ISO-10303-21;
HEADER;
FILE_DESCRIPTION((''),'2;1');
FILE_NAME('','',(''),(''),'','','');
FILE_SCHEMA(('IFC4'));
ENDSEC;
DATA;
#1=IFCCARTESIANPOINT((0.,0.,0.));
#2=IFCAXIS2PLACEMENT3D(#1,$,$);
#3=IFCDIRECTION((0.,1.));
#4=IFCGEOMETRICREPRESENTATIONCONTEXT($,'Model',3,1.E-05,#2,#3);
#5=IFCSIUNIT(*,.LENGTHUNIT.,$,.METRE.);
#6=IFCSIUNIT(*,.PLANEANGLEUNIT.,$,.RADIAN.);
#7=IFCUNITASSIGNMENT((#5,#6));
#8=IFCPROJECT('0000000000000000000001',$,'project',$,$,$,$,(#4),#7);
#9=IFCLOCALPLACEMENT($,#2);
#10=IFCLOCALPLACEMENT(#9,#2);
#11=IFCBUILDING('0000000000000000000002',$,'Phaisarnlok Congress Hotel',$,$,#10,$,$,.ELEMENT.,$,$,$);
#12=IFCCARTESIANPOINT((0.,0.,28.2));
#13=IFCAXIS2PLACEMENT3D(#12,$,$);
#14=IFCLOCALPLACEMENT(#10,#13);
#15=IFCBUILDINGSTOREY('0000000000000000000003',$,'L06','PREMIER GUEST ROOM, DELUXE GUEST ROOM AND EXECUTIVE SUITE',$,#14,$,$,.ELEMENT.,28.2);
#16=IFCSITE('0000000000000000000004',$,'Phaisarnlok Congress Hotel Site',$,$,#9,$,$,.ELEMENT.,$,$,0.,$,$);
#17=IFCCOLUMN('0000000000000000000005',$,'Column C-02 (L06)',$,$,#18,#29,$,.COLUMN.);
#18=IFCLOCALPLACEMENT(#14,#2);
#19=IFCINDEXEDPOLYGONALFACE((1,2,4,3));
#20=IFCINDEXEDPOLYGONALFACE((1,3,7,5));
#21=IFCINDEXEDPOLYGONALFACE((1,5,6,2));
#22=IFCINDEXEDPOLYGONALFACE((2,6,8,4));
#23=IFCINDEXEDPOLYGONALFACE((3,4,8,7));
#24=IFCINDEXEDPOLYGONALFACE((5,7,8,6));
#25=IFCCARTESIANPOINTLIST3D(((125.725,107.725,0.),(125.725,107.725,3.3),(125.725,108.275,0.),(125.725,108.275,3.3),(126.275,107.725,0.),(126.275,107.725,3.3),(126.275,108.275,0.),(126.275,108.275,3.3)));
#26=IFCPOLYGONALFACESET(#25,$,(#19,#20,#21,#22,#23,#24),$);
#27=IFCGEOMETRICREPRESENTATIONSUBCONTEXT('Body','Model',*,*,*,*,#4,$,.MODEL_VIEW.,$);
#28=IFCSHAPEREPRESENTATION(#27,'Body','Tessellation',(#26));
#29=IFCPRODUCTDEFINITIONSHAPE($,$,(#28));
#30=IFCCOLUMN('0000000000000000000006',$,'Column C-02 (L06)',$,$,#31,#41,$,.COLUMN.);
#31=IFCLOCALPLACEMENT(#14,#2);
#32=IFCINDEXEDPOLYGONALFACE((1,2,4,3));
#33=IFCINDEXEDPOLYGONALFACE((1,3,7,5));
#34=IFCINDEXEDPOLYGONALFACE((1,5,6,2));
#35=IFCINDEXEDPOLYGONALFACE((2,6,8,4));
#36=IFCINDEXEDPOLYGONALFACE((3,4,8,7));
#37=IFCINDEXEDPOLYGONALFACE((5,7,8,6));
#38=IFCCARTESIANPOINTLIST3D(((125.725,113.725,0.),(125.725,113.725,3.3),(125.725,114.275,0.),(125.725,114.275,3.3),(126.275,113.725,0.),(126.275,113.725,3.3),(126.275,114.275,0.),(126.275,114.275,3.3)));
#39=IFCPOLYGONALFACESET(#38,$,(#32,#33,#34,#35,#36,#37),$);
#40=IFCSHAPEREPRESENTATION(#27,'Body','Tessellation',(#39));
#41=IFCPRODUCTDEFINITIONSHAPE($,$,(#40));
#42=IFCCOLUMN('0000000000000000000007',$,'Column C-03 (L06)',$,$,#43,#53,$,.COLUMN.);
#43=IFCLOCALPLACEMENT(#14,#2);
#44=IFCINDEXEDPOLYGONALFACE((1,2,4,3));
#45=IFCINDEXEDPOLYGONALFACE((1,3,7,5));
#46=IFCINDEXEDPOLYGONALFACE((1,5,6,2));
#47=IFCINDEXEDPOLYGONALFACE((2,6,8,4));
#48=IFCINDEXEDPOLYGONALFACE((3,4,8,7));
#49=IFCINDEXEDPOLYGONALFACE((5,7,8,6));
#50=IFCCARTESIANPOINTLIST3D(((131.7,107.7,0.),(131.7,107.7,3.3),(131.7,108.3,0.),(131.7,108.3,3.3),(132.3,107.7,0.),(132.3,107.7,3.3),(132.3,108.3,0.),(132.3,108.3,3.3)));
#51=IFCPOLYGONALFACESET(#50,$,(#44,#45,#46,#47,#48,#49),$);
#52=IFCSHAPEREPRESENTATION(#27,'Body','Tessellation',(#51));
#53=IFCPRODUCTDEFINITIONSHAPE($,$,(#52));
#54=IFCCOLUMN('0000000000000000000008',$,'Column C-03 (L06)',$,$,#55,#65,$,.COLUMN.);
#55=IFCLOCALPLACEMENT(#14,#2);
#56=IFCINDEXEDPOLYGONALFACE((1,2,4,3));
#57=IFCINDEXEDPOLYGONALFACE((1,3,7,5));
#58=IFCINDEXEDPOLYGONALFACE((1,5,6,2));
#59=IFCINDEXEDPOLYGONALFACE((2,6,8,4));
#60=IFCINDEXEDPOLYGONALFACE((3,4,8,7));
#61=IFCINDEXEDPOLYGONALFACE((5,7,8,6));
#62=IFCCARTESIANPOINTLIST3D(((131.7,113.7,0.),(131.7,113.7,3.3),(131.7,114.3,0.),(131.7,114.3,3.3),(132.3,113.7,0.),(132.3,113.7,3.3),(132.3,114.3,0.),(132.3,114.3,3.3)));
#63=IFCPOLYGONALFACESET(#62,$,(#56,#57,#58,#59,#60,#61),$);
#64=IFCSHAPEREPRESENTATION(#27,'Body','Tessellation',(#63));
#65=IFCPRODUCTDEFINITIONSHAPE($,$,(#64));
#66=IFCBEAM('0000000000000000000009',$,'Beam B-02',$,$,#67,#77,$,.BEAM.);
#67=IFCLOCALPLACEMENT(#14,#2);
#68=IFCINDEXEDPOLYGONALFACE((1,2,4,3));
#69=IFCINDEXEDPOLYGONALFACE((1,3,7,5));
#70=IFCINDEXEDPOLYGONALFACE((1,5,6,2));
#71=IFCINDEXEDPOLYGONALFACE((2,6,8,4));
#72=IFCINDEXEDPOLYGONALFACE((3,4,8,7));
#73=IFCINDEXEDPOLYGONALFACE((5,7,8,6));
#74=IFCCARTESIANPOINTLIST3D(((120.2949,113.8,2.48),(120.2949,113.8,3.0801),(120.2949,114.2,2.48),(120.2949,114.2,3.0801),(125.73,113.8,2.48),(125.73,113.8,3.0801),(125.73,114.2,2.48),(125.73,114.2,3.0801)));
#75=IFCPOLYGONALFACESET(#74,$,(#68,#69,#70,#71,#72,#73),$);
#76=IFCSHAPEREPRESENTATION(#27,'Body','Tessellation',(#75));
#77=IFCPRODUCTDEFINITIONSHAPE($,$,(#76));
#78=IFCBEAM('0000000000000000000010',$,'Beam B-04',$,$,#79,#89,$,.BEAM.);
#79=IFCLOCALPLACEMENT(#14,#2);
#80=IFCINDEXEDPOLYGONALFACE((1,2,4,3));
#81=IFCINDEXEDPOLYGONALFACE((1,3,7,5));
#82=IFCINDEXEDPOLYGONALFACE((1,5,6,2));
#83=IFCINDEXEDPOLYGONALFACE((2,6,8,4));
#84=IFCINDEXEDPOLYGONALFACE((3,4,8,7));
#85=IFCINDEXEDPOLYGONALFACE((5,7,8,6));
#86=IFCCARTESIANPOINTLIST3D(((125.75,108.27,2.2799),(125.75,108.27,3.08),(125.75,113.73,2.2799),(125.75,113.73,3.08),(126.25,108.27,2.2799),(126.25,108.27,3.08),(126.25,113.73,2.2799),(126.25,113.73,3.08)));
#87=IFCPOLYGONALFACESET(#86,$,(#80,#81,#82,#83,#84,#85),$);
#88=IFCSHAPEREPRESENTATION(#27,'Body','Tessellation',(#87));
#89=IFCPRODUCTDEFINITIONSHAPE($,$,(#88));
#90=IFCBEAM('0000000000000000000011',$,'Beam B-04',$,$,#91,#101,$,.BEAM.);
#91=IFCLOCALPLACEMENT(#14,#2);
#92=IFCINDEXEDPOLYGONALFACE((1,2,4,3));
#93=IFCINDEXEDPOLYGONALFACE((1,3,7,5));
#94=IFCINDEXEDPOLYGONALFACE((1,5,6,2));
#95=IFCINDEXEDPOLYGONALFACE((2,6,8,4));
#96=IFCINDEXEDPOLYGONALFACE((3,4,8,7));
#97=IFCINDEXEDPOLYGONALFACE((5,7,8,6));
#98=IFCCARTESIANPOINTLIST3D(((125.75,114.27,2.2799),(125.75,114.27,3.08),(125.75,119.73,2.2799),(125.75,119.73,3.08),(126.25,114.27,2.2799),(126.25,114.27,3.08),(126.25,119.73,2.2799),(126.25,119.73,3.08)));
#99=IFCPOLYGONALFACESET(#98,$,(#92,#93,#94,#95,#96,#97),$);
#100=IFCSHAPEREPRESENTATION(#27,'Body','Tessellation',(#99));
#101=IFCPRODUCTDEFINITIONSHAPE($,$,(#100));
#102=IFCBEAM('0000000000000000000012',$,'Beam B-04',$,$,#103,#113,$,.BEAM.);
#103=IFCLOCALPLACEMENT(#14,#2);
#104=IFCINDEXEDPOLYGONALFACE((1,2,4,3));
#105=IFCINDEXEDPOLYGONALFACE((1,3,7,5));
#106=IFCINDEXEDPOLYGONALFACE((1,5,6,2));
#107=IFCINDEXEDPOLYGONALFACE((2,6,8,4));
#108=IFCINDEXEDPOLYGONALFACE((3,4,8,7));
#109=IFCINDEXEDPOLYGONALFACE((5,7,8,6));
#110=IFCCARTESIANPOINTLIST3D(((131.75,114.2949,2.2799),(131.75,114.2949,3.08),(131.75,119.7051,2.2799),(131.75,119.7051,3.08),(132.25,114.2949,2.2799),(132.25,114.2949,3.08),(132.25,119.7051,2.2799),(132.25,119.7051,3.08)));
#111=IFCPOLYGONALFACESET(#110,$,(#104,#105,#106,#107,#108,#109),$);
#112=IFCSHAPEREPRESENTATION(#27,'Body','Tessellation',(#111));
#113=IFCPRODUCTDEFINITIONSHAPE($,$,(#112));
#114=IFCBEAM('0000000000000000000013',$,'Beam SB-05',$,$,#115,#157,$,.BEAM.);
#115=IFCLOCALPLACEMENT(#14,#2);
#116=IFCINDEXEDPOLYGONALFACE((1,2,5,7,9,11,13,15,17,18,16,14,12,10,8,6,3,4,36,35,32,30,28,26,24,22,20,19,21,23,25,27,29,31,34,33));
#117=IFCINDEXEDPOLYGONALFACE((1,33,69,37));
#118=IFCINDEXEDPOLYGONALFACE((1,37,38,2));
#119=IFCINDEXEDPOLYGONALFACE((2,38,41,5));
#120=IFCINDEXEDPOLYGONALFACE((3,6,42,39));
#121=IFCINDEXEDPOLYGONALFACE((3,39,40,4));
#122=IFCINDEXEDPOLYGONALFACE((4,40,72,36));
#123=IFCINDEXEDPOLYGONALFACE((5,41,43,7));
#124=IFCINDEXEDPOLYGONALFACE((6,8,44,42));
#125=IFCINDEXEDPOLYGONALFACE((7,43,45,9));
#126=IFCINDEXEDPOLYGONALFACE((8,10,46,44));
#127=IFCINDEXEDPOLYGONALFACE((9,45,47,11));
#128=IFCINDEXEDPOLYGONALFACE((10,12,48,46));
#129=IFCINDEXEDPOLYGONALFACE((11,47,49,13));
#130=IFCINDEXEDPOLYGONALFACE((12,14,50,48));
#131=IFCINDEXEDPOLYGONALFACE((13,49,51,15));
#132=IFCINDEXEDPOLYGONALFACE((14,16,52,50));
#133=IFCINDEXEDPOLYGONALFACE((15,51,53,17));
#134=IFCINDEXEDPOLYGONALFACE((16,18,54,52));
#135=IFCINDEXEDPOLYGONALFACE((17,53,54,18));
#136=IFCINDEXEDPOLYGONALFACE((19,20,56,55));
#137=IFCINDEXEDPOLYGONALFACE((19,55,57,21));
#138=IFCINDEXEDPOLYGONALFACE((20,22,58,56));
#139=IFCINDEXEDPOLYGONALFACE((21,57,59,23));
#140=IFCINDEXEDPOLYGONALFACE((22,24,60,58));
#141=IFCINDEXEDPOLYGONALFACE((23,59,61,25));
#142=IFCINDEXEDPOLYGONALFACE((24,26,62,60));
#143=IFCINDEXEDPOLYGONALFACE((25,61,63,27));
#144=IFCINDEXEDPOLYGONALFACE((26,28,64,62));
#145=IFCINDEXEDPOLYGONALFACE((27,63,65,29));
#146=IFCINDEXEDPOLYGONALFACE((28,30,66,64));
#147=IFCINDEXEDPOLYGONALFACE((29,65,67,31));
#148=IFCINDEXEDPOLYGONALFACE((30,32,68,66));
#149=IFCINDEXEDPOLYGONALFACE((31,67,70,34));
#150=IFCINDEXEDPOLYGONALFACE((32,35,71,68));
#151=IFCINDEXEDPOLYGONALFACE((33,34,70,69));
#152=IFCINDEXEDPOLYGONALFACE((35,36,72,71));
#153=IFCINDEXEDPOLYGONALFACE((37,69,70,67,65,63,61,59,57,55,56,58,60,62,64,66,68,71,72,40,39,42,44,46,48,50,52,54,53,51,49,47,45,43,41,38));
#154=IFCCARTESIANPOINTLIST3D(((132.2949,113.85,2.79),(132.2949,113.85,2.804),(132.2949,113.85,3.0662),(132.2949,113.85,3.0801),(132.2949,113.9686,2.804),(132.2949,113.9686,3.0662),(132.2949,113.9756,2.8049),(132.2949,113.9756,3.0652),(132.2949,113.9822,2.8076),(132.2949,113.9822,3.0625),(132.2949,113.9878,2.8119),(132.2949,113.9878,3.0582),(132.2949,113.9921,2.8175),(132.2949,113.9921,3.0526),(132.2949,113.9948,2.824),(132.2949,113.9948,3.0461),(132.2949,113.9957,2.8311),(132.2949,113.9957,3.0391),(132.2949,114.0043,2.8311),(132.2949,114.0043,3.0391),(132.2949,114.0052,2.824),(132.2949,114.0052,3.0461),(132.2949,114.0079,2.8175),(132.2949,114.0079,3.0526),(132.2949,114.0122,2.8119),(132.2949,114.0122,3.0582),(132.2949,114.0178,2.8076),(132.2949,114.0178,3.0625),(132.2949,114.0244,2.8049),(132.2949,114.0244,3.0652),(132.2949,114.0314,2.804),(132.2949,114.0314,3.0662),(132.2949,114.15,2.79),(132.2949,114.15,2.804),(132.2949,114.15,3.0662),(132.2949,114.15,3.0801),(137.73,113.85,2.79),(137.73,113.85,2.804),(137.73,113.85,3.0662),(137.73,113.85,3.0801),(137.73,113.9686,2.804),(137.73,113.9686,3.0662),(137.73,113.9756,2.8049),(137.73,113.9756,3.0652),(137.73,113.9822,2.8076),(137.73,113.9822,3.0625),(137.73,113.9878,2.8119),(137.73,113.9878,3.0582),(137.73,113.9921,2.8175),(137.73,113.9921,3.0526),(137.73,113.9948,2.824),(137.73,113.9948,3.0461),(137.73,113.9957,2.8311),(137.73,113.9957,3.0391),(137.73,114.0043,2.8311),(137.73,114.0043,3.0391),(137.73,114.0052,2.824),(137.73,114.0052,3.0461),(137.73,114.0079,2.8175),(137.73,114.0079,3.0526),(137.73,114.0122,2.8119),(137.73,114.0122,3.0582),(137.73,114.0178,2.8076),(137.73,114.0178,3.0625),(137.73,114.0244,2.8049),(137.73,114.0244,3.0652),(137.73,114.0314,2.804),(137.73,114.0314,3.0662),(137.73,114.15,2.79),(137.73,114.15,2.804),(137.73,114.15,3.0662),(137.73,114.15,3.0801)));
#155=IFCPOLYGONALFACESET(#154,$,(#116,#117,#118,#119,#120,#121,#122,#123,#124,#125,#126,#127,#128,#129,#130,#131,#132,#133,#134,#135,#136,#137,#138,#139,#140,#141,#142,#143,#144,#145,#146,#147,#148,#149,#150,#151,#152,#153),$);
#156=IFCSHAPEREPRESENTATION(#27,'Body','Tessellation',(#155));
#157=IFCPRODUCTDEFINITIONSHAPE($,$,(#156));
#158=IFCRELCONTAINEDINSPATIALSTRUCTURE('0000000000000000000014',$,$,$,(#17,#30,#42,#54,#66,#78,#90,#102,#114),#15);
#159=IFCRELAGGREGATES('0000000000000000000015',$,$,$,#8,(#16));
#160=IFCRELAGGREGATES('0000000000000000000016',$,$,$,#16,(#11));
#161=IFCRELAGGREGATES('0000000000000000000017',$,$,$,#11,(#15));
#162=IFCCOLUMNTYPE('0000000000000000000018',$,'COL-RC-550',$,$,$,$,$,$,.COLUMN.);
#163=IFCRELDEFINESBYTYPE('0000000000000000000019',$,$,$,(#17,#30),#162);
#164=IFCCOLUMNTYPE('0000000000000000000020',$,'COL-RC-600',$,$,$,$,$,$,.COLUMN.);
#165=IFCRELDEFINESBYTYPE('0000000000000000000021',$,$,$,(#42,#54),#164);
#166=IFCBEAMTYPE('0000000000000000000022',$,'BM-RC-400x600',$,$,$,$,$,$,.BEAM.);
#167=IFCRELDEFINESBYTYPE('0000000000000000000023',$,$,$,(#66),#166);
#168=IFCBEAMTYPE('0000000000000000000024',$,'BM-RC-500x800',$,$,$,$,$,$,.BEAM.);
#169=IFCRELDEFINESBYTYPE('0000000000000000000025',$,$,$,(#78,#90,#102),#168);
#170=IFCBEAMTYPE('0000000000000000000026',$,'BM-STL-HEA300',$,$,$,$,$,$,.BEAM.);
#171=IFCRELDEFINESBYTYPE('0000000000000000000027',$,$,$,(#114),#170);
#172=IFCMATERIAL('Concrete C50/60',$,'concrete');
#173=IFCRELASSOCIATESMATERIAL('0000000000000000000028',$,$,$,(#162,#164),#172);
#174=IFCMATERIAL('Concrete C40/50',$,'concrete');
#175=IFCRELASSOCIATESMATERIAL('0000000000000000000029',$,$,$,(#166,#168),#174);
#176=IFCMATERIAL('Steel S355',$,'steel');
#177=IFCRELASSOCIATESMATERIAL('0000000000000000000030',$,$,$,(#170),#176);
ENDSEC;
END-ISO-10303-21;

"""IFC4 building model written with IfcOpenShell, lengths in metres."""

from ifc_helpers import new_model, si_unit, direction, frame, origin, origin_2d, place, context, subcontext, project, spatial, rectangle, i_section, extrude, material, material_profile, profile_set, type_object, element, save


model = new_model("IFC4")

# Units and contexts
model_context = context("Model", 3, precision=1e-05, world=origin(), true_north=direction((0.0, 1.0)))
body_context = subcontext(model_context, "Body", "Model", "MODEL_VIEW")
ifc_project = project(units=[si_unit("LENGTHUNIT", "METRE"), si_unit("PLANEANGLEUNIT", "RADIAN")], contexts=[model_context])

# Site, building, storey
site_placement = place(None, origin())
site = spatial("IfcSite", under=ifc_project, at=site_placement, Name="Phaisarnlok Congress Hotel Site", CompositionType="ELEMENT", RefElevation=0.0)
building_placement = place(site_placement, origin())
building = spatial("IfcBuilding", under=site, at=building_placement, Name="Phaisarnlok Congress Hotel", CompositionType="ELEMENT")
storey_placement = place(building_placement, frame((0.0, 0.0, 28.2)))
storey = spatial("IfcBuildingStorey", under=building, at=storey_placement, Name="L06", Description="PREMIER GUEST ROOM, DELUXE GUEST ROOM AND EXECUTIVE SUITE", CompositionType="ELEMENT", Elevation=28.2)

# Columns
ifc_material_1 = material(Name="Concrete C50/60", Category="concrete")
ifc_material_profile_1 = material_profile(ifc_material_1, rectangle(XDim=0.55, YDim=0.55, at=origin_2d()), Name="RC 550x550")
ifc_profile_set_1 = profile_set([ifc_material_profile_1], Name="Concrete C50/60")
column_type_1 = type_object("IfcColumnType", Name="COL-RC-550", PredefinedType="COLUMN", material=ifc_profile_set_1)
for number, where, z_axis, x_axis, name in (
    (1, (126.0, 108.0, 0.0), (0.0, 0.0, 1.0), (1.0, 0.0, 0.0), "Column C-02 (L06)"),
    (2, (126.0, 114.0, 0.0), (0.0, 0.0, 1.0), (1.0, 0.0, 0.0), "Column C-02 (L06)"),
):
    element("IfcColumn", number, at=place(storey_placement, frame(where, z_axis=z_axis, x_axis=x_axis)), inside=storey, type_object=column_type_1, Name=name, PredefinedType="COLUMN", context=body_context, shape_type="SweptSolid", body=[
        extrude(rectangle(XDim=0.55, YDim=0.55, at=origin_2d()), origin(), (0.0, 0.0, 1.0), 3.3),
    ])
ifc_material_profile_2 = material_profile(ifc_material_1, rectangle(XDim=0.6001, YDim=0.6001, at=origin_2d()), Name="RC 600x600")
ifc_profile_set_2 = profile_set([ifc_material_profile_2], Name="Concrete C50/60")
column_type_2 = type_object("IfcColumnType", Name="COL-RC-600", PredefinedType="COLUMN", material=ifc_profile_set_2)
for number, where, z_axis, x_axis, name in (
    (3, (132.0, 108.0, 0.0), (0.0, 0.0, 1.0), (1.0, 0.0, 0.0), "Column C-03 (L06)"),
    (4, (132.0, 114.0, 0.0), (0.0, 0.0, 1.0), (1.0, 0.0, 0.0), "Column C-03 (L06)"),
):
    element("IfcColumn", number, at=place(storey_placement, frame(where, z_axis=z_axis, x_axis=x_axis)), inside=storey, type_object=column_type_2, Name=name, PredefinedType="COLUMN", context=body_context, shape_type="SweptSolid", body=[
        extrude(rectangle(XDim=0.6001, YDim=0.6001, at=origin_2d()), origin(), (0.0, 0.0, 1.0), 3.3),
    ])

# Beams
ifc_material_2 = material(Name="Concrete C40/50", Category="concrete")
ifc_material_profile_3 = material_profile(ifc_material_2, rectangle(XDim=0.3999, YDim=0.6001, at=origin_2d()), Name="RC 400x600")
ifc_profile_set_3 = profile_set([ifc_material_profile_3], Name="Concrete C40/50")
beam_type_1 = type_object("IfcBeamType", Name="BM-RC-400x600", PredefinedType="BEAM", material=ifc_profile_set_3)
beam_1_placement = place(storey_placement, frame((120.2949, 114.0, 2.78), z_axis=(1.0, 0.0, 0.0), x_axis=(0.0, 1.0, 0.0)))
element("IfcBeam", 5, at=beam_1_placement, inside=storey, type_object=beam_type_1, Name="Beam B-02", PredefinedType="BEAM", context=body_context, shape_type="SweptSolid", body=[
    extrude(rectangle(XDim=0.3999, YDim=0.6001, at=origin_2d()), origin(), (0.0, 0.0, 1.0), 5.4351),
])
ifc_material_profile_4 = material_profile(ifc_material_2, rectangle(XDim=0.5, YDim=0.8, at=origin_2d()), Name="RC 500x800")
ifc_profile_set_4 = profile_set([ifc_material_profile_4], Name="Concrete C40/50")
beam_type_2 = type_object("IfcBeamType", Name="BM-RC-500x800", PredefinedType="BEAM", material=ifc_profile_set_4)
for number, where, z_axis, x_axis, name in (
    (6, (126.0, 108.27, 2.6799), (0.0, 1.0, 0.0), (-1.0, 0.0, 0.0), "Beam B-04"),
    (7, (126.0, 114.27, 2.6799), (0.0, 1.0, 0.0), (-1.0, 0.0, 0.0), "Beam B-04"),
):
    element("IfcBeam", number, at=place(storey_placement, frame(where, z_axis=z_axis, x_axis=x_axis)), inside=storey, type_object=beam_type_2, Name=name, PredefinedType="BEAM", context=body_context, shape_type="SweptSolid", body=[
        extrude(rectangle(XDim=0.5, YDim=0.8, at=origin_2d()), origin(), (0.0, 0.0, 1.0), 5.46),
    ])
beam_2_placement = place(storey_placement, frame((132.0, 114.2949, 2.6799), z_axis=(0.0, 1.0, 0.0), x_axis=(-1.0, 0.0, 0.0)))
element("IfcBeam", 8, at=beam_2_placement, inside=storey, type_object=beam_type_2, Name="Beam B-04", PredefinedType="BEAM", context=body_context, shape_type="SweptSolid", body=[
    extrude(rectangle(XDim=0.5, YDim=0.8, at=origin_2d()), origin(), (0.0, 0.0, 1.0), 5.4102),
])
ifc_material_3 = material(Name="Steel S355", Category="steel")
ifc_material_profile_5 = material_profile(ifc_material_3, i_section(OverallWidth=0.3, OverallDepth=0.29, WebThickness=0.0085, FlangeThickness=0.0139, FilletRadius=0.0271, at=origin_2d()), Name="HEA 300")
ifc_profile_set_5 = profile_set([ifc_material_profile_5], Name="Steel S355")
beam_type_3 = type_object("IfcBeamType", Name="BM-STL-HEA300", PredefinedType="BEAM", material=ifc_profile_set_5)
beam_3_placement = place(storey_placement, frame((132.2949, 114.0, 2.9351), z_axis=(1.0, 0.0, 0.0), x_axis=(0.0, 1.0, 0.0)))
element("IfcBeam", 9, at=beam_3_placement, inside=storey, type_object=beam_type_3, Name="Beam SB-05", PredefinedType="BEAM", context=body_context, shape_type="SweptSolid", body=[
    extrude(i_section(OverallWidth=0.3, OverallDepth=0.29, WebThickness=0.0085, FlangeThickness=0.0139, FilletRadius=0.0271, at=origin_2d()), origin(), (0.0, 0.0, 1.0), 5.4351),
])

save(model, "model.ifc")
